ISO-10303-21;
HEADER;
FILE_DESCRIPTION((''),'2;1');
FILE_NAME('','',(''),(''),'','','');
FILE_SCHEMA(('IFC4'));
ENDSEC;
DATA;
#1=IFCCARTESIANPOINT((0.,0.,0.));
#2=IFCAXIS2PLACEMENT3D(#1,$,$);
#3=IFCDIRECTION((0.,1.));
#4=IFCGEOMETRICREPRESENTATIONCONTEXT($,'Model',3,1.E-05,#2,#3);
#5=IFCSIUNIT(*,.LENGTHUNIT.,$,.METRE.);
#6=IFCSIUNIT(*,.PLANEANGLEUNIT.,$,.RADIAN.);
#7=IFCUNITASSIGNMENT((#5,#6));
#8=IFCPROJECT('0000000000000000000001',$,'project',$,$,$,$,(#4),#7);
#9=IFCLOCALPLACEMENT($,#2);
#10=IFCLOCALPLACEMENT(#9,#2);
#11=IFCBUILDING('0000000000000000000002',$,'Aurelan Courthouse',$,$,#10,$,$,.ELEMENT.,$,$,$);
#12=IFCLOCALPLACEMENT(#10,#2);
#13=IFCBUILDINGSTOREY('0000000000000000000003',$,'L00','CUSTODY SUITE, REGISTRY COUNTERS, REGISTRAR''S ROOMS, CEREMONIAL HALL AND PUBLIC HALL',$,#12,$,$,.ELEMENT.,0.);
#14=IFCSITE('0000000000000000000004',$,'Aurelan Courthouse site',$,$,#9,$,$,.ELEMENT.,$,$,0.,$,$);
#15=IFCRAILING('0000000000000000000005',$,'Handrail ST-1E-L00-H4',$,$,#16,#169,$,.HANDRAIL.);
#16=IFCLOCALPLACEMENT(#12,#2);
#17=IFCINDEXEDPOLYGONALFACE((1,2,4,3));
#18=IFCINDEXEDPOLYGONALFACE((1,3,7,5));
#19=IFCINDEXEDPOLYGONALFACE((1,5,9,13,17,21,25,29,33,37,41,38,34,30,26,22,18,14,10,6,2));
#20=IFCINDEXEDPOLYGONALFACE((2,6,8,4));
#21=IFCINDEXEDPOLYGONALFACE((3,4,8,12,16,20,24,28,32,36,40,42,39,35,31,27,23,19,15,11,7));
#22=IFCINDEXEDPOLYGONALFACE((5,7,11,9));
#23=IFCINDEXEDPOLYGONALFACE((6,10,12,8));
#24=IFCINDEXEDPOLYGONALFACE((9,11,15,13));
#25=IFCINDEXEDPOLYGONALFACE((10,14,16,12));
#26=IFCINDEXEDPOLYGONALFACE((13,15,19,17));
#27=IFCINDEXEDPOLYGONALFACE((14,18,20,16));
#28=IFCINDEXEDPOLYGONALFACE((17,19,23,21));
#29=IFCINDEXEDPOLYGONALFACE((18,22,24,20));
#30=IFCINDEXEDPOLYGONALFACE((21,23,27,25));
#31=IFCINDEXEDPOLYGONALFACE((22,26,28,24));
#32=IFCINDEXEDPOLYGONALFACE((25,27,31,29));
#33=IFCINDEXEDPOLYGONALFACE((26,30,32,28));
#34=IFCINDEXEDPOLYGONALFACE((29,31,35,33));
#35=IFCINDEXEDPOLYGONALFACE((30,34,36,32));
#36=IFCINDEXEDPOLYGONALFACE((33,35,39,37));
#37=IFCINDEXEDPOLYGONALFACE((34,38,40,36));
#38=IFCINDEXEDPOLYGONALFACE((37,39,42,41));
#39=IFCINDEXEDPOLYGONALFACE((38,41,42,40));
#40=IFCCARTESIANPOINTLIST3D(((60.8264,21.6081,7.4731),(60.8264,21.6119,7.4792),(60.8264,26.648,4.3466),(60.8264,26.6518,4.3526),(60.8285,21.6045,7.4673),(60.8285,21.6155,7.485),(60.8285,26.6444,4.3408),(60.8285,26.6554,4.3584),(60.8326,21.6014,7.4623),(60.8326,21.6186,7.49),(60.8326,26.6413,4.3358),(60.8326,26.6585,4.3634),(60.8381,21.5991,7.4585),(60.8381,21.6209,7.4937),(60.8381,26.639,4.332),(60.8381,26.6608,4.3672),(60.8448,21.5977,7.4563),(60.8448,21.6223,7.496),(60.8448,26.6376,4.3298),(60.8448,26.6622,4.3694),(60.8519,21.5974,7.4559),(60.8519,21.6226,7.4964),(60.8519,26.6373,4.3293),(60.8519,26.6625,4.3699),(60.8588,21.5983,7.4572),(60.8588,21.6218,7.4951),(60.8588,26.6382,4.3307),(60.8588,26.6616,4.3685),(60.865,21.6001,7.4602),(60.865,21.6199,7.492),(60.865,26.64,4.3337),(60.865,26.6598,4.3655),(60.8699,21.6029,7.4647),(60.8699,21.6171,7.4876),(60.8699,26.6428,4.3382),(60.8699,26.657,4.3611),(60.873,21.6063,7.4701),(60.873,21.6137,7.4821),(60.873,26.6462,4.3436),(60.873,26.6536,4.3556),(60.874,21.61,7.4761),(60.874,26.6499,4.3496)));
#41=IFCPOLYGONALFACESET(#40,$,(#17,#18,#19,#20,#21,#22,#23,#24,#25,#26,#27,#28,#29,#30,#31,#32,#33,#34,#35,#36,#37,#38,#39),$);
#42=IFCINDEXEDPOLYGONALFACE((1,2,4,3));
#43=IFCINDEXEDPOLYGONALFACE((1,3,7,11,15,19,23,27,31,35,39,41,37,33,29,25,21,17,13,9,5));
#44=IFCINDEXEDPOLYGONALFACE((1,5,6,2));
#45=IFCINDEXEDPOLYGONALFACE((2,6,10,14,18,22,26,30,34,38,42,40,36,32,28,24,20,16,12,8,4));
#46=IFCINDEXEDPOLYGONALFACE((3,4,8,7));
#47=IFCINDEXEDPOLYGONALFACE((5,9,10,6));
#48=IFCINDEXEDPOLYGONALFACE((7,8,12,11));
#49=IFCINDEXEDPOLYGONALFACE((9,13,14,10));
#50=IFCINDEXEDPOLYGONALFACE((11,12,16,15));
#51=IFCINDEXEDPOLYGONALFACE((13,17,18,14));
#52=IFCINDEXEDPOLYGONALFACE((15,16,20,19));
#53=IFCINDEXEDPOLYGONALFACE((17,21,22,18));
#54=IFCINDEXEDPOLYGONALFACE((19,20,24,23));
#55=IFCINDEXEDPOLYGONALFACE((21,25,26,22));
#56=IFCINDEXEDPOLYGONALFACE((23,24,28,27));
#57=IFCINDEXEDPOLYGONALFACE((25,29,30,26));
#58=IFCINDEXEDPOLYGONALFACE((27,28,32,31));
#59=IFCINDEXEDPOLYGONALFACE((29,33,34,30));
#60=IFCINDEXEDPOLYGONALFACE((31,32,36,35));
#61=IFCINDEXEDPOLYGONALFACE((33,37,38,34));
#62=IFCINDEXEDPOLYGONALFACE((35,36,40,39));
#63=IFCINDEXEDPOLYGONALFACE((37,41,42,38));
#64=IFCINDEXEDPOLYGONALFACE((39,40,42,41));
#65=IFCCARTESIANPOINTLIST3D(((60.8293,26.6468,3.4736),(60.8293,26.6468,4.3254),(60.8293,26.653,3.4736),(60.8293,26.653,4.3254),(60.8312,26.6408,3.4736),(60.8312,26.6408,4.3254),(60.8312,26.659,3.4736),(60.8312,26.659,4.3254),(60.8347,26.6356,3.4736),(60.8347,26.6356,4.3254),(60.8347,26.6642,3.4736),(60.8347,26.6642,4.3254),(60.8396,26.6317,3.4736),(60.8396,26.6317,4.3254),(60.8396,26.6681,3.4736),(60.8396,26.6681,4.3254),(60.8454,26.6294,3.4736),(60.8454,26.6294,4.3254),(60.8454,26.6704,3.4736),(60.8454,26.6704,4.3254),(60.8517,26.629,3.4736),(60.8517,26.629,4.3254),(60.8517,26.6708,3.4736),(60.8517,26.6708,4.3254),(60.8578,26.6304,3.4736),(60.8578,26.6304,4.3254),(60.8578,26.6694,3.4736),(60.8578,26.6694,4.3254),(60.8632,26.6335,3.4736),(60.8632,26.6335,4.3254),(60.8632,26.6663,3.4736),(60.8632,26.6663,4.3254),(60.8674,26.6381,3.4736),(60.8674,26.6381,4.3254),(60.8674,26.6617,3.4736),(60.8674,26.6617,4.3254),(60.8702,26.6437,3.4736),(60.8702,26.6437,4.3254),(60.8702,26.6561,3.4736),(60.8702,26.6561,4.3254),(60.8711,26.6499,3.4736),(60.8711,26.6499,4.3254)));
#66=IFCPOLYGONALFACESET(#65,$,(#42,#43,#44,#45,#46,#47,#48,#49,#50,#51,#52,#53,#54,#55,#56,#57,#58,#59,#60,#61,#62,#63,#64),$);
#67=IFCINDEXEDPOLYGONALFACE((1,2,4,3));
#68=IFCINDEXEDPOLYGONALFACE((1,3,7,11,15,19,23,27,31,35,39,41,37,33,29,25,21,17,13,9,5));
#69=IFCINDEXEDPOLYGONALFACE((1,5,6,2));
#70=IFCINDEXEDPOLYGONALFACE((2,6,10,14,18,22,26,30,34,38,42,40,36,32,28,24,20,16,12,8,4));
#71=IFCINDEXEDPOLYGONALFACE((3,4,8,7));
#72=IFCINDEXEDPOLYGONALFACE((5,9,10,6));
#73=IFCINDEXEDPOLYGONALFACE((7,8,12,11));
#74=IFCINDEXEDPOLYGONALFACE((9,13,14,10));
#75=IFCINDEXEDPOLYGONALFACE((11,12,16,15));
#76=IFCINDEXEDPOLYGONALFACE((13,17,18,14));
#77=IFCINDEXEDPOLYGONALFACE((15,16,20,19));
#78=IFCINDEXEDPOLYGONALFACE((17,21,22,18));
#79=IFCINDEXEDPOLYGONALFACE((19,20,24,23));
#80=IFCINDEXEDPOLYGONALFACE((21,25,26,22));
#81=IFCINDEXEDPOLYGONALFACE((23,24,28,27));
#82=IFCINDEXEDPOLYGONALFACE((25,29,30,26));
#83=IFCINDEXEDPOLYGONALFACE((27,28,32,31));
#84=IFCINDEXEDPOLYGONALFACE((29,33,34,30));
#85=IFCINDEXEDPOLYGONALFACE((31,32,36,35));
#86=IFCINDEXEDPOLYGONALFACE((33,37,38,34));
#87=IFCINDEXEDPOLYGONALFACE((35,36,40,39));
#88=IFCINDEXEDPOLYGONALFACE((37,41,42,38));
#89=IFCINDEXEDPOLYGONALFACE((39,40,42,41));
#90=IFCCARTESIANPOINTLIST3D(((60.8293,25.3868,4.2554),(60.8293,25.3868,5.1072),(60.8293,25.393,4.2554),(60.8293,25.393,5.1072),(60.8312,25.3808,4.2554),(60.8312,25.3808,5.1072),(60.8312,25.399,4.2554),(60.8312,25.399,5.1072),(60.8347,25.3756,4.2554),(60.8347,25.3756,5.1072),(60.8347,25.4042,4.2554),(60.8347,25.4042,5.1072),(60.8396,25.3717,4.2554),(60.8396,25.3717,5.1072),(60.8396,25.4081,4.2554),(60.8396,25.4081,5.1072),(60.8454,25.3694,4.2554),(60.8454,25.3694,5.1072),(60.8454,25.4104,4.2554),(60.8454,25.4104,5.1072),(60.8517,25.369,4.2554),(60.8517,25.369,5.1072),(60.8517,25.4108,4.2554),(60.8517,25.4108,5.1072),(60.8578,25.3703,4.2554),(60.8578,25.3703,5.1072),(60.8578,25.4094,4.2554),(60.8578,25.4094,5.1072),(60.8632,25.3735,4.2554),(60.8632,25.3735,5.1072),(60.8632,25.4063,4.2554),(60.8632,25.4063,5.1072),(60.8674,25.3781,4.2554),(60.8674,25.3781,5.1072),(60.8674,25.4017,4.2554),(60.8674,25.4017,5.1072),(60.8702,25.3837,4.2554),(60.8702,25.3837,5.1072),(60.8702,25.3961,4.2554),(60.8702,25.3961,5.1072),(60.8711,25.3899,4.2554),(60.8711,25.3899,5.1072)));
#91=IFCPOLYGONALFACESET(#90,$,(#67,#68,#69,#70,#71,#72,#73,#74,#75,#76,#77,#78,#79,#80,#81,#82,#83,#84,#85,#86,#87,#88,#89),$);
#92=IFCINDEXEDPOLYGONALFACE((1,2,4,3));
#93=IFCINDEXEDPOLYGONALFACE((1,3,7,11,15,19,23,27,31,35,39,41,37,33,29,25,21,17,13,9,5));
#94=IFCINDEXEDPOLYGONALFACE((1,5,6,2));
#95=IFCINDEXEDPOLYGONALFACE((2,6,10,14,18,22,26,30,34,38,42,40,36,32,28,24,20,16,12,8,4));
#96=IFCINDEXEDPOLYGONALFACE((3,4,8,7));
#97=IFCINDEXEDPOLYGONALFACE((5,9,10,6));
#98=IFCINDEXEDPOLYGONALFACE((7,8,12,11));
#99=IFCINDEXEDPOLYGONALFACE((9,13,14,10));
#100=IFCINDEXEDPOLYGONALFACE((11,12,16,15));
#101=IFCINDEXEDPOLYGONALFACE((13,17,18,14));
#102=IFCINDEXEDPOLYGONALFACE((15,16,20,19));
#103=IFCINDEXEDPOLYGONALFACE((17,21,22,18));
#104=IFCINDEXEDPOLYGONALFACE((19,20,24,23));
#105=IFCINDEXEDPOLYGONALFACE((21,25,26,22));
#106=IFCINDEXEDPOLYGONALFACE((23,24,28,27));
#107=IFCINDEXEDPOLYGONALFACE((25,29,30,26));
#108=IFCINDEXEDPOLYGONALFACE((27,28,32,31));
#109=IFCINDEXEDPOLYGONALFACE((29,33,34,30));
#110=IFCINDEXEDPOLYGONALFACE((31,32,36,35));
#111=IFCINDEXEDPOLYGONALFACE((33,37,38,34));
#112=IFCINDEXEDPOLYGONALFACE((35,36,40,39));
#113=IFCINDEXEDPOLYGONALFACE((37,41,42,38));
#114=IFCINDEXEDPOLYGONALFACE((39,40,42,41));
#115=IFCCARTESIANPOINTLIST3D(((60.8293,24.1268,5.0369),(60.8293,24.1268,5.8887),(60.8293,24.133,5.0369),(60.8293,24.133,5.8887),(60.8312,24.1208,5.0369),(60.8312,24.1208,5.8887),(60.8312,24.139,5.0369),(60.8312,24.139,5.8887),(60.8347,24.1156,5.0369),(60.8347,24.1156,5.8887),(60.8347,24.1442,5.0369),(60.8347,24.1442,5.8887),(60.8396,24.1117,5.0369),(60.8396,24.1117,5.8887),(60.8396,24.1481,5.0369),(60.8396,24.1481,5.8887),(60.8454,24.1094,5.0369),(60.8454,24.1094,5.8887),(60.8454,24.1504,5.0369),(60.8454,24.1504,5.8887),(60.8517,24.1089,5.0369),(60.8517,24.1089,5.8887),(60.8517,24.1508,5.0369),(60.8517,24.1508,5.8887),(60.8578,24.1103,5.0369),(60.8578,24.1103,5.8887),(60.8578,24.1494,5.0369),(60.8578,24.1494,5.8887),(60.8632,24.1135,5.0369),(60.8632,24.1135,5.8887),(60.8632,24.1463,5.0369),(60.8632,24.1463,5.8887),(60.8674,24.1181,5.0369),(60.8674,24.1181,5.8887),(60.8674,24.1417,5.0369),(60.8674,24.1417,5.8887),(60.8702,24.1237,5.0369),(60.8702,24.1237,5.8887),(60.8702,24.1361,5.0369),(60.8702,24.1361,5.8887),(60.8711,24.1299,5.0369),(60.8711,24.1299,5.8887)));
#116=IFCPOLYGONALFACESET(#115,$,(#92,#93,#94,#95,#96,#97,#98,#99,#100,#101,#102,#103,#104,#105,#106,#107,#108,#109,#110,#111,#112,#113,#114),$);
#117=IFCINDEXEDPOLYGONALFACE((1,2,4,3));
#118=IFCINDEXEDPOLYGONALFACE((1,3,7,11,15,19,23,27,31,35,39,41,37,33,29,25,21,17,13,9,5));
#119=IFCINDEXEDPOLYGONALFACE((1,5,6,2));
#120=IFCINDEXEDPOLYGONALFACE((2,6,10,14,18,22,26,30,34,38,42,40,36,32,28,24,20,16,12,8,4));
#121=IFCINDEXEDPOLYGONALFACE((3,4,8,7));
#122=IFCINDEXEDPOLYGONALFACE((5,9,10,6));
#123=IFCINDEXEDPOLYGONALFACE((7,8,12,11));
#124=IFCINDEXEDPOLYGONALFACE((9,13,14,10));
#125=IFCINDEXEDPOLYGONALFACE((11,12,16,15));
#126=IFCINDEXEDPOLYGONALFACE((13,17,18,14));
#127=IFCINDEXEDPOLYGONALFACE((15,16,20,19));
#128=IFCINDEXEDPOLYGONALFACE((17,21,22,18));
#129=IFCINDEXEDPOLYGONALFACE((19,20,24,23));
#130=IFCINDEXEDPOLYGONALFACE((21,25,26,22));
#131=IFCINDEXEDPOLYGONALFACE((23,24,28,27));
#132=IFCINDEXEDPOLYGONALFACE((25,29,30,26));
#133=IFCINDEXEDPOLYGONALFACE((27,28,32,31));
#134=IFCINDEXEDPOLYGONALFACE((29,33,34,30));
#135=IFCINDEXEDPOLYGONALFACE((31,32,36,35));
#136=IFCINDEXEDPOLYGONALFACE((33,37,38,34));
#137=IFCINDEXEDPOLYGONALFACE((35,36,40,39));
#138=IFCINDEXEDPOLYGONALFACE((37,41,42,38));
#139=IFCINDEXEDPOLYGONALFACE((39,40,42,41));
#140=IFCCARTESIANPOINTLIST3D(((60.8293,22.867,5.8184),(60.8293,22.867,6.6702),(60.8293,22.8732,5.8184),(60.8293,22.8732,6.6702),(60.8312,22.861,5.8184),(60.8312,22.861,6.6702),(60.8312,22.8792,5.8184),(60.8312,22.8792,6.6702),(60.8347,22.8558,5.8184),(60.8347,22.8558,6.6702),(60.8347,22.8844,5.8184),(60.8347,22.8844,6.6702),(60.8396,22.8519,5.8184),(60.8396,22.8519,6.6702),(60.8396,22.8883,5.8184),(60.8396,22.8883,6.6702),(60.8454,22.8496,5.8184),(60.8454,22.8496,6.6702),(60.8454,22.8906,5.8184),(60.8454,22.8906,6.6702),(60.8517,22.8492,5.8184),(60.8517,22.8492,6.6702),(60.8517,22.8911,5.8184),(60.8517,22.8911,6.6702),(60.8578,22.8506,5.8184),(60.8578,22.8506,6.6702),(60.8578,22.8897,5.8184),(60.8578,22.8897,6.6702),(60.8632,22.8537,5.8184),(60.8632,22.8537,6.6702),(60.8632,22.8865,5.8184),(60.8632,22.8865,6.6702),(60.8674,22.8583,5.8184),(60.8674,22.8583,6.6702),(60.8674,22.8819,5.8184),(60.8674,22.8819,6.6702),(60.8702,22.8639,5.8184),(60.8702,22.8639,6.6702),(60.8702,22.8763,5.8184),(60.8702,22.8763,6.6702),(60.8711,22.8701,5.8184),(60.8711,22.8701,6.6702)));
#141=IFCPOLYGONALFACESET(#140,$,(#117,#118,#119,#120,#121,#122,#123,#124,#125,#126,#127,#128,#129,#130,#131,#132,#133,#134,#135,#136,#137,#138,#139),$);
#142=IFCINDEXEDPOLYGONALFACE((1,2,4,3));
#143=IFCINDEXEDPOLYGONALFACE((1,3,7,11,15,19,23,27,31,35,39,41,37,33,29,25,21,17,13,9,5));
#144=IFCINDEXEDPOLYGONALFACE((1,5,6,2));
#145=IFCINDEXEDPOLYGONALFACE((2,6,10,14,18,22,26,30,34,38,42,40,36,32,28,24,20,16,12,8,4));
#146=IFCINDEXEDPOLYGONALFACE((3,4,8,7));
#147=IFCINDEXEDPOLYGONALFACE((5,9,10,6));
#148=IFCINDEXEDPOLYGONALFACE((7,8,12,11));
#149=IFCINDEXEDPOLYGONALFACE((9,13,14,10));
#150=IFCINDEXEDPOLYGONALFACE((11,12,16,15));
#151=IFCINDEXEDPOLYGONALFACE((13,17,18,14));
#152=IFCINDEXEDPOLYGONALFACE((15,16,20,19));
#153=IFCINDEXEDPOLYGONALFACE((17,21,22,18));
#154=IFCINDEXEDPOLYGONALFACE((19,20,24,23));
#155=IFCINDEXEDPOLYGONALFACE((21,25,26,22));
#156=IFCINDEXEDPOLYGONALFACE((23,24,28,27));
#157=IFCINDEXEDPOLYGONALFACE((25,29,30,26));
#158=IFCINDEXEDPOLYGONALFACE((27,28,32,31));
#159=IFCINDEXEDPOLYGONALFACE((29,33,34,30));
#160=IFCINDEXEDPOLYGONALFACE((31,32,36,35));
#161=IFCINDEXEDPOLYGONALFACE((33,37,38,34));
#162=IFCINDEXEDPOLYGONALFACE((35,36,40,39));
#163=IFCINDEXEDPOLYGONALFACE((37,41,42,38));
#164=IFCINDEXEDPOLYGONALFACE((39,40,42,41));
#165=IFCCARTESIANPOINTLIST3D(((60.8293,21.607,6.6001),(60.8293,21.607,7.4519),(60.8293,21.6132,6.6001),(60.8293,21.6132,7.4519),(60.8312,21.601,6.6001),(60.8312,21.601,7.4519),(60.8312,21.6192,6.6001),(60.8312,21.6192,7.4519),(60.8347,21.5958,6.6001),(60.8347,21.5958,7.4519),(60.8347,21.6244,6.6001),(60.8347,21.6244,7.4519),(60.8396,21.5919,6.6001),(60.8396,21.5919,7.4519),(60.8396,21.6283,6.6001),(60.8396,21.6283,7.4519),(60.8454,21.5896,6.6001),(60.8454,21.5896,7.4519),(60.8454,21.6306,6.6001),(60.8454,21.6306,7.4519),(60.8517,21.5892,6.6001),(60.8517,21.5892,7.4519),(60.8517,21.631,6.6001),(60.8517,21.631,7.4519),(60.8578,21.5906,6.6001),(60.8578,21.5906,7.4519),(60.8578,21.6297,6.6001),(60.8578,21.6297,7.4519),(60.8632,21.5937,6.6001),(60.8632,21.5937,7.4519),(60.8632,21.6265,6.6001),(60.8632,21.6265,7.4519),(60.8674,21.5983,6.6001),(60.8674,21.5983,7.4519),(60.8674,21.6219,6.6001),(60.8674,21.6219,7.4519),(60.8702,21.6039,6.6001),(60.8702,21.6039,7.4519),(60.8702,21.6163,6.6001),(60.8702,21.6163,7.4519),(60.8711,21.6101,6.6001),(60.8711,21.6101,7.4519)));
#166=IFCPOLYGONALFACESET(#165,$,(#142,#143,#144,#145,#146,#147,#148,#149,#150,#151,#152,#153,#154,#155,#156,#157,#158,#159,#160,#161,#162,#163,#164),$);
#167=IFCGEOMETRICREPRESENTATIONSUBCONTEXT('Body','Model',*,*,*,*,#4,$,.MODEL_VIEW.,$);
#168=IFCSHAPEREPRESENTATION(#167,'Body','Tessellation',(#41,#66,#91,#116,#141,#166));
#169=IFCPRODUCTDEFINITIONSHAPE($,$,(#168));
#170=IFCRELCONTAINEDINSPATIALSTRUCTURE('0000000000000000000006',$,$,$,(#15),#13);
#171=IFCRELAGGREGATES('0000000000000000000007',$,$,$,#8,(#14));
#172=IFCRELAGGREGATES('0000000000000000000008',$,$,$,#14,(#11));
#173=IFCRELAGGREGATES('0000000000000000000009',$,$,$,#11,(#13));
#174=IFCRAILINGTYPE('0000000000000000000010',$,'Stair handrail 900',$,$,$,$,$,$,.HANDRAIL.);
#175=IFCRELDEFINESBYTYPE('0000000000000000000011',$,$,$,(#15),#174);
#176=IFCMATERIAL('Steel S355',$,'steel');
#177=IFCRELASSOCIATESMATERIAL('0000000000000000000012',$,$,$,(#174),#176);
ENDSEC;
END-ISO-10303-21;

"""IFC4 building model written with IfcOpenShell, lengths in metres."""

from ifc_helpers import new_model, si_unit, direction, frame, origin, origin_2d, place, context, subcontext, project, spatial, circle, extrude, material, type_object, element, save


model = new_model("IFC4")

# Units and contexts
model_context = context("Model", 3, precision=1e-05, world=origin(), true_north=direction((0.0, 1.0)))
body_context = subcontext(model_context, "Body", "Model", "MODEL_VIEW")
ifc_project = project(units=[si_unit("LENGTHUNIT", "METRE"), si_unit("PLANEANGLEUNIT", "RADIAN")], contexts=[model_context])

# Site, building, storey
site_placement = place(None, origin())
site = spatial("IfcSite", under=ifc_project, at=site_placement, Name="Aurelan Courthouse site", CompositionType="ELEMENT", RefElevation=0.0)
building_placement = place(site_placement, origin())
building = spatial("IfcBuilding", under=site, at=building_placement, Name="Aurelan Courthouse", CompositionType="ELEMENT")
storey_placement = place(building_placement, origin())
storey = spatial("IfcBuildingStorey", under=building, at=storey_placement, Name="L00", Description="CUSTODY SUITE, REGISTRY COUNTERS, REGISTRAR'S ROOMS, CEREMONIAL HALL AND PUBLIC HALL", CompositionType="ELEMENT", Elevation=0.0)

# Railing
ifc_material_1 = material(Name="Steel S355", Category="steel")
railing_type_1 = type_object("IfcRailingType", Name="Stair handrail 900", PredefinedType="HANDRAIL", material=ifc_material_1)
for number, where, name in (
    (1, (60.8501, 26.6499, 3.4736), "Handrail ST-1E-L00-H4"),
):
    element("IfcRailing", number, at=place(storey_placement, frame(where)), inside=storey, type_object=railing_type_1, Name=name, PredefinedType="HANDRAIL", context=body_context, shape_type="SweptSolid", body=[
        extrude(circle(Radius=0.0239, at=origin_2d()), frame((0.0, 0.0, 0.876), z_axis=(0.0, -0.849767, 0.527158), x_axis=(1.0, 0.0, 0.0)), (0.0, 0.0, 1.0), 5.9309),
        extrude(circle(Radius=0.021, at=origin_2d()), origin(), (0.0, 0.0, 1.0), 0.8518),
        extrude(circle(Radius=0.021, at=origin_2d()), frame((0.0, -1.26, 0.7817)), (0.0, 0.0, 1.0), 0.8518),
        extrude(circle(Radius=0.021, at=origin_2d()), frame((0.0, -2.52, 1.5632)), (0.0, 0.0, 1.0), 0.8518),
        extrude(circle(Radius=0.021, at=origin_2d()), frame((0.0, -3.7798, 2.3447)), (0.0, 0.0, 1.0), 0.8518),
        extrude(circle(Radius=0.021, at=origin_2d()), frame((0.0, -5.0398, 3.1265)), (0.0, 0.0, 1.0), 0.8518),
    ])

save(model, "model.ifc")
